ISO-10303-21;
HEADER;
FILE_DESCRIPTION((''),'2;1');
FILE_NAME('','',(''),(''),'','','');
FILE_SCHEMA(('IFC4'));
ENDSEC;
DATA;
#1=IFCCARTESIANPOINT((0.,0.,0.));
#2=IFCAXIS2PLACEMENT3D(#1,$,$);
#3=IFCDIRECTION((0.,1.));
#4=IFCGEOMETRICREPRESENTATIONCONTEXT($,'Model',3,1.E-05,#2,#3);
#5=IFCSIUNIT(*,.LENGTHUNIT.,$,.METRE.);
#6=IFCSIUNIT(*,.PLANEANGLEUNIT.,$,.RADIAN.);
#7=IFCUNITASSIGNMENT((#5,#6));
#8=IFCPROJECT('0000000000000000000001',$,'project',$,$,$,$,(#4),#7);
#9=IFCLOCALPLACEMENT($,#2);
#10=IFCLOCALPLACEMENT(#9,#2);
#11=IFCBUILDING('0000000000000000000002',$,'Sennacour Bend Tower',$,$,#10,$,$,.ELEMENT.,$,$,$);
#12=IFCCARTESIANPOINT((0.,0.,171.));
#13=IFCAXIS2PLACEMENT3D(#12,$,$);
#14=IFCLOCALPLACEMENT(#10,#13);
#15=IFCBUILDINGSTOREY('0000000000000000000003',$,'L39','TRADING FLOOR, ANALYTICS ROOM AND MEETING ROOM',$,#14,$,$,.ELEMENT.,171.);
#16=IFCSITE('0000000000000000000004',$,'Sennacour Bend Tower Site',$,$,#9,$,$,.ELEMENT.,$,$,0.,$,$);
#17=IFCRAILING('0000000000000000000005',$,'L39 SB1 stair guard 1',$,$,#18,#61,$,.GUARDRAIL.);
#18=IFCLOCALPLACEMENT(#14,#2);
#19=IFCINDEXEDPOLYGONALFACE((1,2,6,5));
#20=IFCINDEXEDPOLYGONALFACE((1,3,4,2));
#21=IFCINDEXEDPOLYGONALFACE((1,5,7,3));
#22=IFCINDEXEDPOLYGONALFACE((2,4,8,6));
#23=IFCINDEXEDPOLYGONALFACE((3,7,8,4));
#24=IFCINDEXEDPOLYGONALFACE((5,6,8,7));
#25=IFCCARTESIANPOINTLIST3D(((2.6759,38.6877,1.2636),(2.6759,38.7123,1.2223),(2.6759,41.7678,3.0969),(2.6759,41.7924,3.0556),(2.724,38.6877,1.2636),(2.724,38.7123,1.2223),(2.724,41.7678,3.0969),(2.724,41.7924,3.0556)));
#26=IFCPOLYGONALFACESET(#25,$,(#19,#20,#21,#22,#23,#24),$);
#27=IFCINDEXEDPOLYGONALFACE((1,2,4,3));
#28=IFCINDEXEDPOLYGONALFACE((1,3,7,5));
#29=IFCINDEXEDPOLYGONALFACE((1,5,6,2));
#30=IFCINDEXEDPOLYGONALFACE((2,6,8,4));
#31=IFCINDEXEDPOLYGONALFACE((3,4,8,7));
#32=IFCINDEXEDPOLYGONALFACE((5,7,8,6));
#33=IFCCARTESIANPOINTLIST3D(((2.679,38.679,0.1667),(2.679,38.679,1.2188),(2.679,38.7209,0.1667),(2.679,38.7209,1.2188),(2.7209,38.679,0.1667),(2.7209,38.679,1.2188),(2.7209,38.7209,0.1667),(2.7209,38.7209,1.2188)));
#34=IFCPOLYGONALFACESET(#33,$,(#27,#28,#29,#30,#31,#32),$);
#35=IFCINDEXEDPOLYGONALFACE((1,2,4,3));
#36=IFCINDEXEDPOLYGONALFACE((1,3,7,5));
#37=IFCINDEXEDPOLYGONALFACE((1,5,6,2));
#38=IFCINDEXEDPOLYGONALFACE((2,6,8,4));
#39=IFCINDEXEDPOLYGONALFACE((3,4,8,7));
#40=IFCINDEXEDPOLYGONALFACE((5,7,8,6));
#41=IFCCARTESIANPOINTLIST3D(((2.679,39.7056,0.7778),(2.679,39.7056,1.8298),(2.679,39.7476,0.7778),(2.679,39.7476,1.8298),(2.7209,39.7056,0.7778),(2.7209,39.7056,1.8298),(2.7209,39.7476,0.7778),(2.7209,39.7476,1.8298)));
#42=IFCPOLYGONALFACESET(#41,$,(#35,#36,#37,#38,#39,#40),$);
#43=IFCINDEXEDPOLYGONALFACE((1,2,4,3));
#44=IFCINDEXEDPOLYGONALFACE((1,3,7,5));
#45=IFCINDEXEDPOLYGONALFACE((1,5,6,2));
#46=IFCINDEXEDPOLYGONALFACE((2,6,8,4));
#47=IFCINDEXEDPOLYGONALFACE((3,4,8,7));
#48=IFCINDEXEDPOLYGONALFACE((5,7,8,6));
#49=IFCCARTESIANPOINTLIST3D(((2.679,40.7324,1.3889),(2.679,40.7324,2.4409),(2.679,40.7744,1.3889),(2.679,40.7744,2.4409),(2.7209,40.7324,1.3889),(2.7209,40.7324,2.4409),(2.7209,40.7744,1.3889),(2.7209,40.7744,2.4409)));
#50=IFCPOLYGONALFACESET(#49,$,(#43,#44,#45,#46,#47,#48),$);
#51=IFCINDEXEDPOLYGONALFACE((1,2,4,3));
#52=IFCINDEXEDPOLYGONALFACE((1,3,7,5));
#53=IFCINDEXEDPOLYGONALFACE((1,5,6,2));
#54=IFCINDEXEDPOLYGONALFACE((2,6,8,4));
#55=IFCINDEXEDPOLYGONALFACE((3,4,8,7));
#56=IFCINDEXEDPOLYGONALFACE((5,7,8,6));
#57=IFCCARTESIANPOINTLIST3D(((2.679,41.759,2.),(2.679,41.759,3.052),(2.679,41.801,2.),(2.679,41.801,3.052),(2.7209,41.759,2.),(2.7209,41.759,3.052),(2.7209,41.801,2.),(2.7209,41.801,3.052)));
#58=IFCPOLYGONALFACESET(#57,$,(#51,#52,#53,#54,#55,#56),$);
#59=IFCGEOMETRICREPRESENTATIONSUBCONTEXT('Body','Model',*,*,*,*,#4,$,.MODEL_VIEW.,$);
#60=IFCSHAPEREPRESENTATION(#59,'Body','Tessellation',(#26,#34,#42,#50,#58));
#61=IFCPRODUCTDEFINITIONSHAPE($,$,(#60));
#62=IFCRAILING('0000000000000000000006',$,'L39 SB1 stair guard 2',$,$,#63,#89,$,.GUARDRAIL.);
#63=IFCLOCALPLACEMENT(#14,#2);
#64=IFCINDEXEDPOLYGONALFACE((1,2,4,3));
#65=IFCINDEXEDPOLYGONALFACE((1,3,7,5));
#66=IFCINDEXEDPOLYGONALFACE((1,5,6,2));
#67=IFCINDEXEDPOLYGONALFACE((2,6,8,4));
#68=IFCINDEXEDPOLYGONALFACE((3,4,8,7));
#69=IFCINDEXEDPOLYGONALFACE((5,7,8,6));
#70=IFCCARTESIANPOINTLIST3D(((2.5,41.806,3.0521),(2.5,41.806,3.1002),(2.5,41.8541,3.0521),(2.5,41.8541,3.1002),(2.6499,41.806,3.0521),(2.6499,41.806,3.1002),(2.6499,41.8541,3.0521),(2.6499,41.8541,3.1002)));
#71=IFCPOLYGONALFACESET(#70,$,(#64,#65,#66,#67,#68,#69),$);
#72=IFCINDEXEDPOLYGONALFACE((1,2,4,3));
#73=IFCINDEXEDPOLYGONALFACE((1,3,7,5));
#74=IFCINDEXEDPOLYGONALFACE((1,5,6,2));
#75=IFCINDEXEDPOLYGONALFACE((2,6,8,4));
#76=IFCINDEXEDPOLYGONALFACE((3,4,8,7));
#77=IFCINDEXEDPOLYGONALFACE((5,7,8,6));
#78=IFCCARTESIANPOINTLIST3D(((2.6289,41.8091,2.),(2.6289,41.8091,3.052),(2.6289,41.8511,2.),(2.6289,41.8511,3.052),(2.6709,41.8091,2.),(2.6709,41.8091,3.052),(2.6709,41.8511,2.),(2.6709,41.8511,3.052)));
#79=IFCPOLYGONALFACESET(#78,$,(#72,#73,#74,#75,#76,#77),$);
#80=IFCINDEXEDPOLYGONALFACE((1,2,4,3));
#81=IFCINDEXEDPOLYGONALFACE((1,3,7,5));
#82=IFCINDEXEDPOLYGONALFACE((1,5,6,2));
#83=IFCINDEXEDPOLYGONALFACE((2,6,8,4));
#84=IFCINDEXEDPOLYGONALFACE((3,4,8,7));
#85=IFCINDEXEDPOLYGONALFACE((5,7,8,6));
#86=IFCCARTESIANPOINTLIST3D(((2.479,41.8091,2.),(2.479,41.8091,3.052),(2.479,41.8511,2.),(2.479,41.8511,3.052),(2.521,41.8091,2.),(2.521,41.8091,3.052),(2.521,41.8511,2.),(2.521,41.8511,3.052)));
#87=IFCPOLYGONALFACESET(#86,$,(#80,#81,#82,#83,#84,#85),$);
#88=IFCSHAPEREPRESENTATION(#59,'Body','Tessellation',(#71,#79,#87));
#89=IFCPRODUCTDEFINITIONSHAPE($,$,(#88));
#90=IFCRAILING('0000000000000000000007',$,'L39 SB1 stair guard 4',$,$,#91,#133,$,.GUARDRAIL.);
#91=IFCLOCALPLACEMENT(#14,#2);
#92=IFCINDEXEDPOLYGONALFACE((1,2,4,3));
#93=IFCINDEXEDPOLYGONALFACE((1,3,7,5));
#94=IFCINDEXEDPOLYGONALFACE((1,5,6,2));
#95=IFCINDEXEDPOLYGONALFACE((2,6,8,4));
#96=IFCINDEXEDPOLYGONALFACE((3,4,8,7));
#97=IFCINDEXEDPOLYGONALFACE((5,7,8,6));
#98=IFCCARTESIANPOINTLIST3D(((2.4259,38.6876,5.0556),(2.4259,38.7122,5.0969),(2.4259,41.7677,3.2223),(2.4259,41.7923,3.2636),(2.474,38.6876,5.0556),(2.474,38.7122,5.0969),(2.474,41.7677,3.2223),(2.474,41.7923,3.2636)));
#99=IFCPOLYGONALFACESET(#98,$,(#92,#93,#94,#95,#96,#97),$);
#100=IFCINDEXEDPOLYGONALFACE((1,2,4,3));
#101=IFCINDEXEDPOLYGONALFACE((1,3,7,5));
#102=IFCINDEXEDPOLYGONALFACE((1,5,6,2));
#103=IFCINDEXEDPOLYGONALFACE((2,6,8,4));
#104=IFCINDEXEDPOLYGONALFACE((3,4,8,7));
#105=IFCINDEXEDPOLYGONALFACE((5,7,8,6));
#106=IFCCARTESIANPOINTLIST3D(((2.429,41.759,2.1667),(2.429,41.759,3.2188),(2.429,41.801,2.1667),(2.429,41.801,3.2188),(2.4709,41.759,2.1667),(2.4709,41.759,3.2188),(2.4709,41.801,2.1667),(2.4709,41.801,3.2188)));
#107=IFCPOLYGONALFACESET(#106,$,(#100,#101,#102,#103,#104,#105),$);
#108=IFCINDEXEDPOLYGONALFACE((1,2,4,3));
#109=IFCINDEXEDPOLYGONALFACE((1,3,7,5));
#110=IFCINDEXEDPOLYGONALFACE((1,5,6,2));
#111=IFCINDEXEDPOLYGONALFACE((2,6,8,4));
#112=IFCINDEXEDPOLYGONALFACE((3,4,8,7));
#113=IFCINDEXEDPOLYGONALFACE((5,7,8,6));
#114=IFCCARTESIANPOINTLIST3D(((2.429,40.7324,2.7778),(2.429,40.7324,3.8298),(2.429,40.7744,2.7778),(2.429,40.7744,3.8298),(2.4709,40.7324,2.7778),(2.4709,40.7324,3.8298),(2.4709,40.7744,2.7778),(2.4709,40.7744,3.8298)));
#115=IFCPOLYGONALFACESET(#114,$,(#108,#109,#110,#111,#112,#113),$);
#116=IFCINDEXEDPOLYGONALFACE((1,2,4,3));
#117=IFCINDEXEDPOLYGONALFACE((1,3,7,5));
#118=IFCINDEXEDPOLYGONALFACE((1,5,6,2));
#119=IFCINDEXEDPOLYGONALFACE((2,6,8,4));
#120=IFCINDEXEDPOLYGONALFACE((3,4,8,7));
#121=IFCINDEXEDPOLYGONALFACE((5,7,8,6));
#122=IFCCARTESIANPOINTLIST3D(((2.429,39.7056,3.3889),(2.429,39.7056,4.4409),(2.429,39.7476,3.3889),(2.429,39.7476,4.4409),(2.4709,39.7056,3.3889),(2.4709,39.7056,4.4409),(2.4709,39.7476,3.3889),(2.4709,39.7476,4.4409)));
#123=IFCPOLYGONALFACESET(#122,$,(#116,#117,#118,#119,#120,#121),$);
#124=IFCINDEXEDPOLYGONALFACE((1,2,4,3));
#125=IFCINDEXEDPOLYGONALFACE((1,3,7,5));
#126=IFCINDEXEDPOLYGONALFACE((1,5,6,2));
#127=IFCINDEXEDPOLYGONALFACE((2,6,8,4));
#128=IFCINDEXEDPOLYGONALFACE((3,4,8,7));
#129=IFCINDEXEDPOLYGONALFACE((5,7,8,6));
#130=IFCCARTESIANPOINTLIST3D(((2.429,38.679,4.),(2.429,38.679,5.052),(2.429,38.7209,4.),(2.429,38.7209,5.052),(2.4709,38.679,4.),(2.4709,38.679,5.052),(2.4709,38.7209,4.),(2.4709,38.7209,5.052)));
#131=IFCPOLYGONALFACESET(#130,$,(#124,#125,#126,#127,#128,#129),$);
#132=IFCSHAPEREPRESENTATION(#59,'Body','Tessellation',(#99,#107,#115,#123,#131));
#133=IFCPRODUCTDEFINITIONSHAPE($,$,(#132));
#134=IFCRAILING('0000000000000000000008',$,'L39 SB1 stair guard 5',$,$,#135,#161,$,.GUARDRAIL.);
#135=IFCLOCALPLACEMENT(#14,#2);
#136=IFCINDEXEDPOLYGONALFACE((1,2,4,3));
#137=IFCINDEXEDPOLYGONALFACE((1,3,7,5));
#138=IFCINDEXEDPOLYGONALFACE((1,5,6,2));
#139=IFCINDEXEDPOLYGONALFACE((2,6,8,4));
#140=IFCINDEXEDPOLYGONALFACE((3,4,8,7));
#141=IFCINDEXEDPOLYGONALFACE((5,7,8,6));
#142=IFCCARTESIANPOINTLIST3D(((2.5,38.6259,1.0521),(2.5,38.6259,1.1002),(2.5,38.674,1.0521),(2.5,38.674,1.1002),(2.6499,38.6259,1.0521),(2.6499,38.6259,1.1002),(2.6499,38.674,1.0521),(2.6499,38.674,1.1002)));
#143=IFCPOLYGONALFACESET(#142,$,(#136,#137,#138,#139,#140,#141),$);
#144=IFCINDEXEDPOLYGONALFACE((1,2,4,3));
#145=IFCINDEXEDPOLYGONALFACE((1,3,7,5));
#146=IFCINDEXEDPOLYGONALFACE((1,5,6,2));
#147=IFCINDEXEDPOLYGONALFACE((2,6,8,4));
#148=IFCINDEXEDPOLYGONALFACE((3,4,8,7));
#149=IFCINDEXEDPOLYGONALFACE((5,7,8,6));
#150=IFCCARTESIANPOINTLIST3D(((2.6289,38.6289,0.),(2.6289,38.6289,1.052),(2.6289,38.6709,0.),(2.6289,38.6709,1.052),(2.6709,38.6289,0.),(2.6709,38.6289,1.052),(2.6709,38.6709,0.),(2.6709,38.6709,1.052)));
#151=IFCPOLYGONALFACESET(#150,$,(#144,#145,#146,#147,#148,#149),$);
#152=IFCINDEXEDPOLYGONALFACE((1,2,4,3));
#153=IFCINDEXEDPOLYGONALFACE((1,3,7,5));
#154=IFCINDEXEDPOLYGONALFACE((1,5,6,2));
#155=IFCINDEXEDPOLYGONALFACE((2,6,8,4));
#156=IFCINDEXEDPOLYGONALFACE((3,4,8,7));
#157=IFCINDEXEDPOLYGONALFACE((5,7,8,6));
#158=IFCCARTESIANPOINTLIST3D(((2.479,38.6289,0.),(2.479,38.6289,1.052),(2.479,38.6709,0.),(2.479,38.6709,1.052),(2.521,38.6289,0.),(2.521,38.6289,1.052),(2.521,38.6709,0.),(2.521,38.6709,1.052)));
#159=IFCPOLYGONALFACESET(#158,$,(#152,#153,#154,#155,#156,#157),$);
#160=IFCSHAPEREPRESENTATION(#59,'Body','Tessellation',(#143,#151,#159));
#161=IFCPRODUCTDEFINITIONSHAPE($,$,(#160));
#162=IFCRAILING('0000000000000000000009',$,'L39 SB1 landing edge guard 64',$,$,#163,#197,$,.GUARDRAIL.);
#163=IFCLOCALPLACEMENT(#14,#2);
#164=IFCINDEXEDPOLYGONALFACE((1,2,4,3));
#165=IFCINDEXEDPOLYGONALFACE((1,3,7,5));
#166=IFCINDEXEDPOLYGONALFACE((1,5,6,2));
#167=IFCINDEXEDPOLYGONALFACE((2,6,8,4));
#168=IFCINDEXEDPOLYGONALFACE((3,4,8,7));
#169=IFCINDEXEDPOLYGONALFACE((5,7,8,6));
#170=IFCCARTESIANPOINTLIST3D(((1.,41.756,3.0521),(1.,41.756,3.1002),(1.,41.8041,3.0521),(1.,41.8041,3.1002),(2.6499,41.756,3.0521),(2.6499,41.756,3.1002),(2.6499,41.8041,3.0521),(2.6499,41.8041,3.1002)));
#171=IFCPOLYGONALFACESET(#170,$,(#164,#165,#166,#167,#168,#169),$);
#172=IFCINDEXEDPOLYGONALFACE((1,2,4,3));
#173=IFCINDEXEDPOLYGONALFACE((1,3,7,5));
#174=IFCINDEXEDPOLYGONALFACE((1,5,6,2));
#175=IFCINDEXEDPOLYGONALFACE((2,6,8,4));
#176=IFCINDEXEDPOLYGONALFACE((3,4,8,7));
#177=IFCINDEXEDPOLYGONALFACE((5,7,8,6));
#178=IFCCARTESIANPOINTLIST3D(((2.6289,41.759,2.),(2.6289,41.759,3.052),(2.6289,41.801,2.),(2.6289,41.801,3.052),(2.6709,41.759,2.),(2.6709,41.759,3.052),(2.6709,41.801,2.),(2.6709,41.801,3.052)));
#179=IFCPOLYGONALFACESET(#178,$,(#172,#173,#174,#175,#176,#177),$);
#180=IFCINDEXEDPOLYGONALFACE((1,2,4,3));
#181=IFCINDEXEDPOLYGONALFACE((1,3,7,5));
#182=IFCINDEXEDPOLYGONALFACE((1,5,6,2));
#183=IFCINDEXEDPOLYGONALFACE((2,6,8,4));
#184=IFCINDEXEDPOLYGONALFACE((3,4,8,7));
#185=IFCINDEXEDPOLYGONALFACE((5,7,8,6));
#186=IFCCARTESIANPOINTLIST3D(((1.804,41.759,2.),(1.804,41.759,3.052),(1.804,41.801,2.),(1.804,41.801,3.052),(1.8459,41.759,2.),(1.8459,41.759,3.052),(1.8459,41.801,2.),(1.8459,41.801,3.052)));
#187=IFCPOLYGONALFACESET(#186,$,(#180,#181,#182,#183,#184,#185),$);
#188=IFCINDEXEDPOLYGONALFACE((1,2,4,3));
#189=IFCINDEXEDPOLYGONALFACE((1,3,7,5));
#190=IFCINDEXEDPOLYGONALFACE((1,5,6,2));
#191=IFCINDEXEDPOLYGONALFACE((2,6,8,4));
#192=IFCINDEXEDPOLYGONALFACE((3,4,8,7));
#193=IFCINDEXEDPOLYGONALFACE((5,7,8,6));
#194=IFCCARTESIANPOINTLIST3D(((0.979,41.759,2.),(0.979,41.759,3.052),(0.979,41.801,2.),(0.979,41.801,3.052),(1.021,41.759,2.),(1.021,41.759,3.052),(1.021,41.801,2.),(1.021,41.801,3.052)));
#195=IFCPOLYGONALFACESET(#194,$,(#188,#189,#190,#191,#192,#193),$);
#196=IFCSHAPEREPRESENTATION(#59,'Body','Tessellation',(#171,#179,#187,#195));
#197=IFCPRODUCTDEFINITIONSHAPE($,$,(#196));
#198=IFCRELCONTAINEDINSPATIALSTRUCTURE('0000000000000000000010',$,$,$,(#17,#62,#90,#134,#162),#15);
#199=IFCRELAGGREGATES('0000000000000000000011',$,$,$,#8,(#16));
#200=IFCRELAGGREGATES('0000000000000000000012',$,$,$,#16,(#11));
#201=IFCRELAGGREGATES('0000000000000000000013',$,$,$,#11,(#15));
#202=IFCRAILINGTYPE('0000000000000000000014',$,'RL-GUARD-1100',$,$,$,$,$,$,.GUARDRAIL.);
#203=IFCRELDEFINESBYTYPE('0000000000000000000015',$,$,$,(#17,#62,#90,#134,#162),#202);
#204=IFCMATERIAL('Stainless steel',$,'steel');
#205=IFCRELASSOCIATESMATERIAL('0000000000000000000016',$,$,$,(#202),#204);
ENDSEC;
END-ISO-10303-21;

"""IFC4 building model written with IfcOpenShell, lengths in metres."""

from ifc_helpers import new_model, si_unit, direction, frame, origin, origin_2d, place, context, subcontext, project, spatial, rectangle, extrude, material, type_object, element, save


model = new_model("IFC4")

# Units and contexts
model_context = context("Model", 3, precision=1e-05, world=origin(), true_north=direction((0.0, 1.0)))
body_context = subcontext(model_context, "Body", "Model", "MODEL_VIEW")
ifc_project = project(units=[si_unit("LENGTHUNIT", "METRE"), si_unit("PLANEANGLEUNIT", "RADIAN")], contexts=[model_context])

# Site, building, storey
site_placement = place(None, origin())
site = spatial("IfcSite", under=ifc_project, at=site_placement, Name="Sennacour Bend Tower Site", CompositionType="ELEMENT", RefElevation=0.0)
building_placement = place(site_placement, origin())
building = spatial("IfcBuilding", under=site, at=building_placement, Name="Sennacour Bend Tower", CompositionType="ELEMENT")
storey_placement = place(building_placement, frame((0.0, 0.0, 171.0)))
storey = spatial("IfcBuildingStorey", under=building, at=storey_placement, Name="L39", Description="TRADING FLOOR, ANALYTICS ROOM AND MEETING ROOM", CompositionType="ELEMENT", Elevation=171.0)

# Railings
ifc_material_1 = material(Name="Stainless steel", Category="steel")
railing_type_1 = type_object("IfcRailingType", Name="RL-GUARD-1100", PredefinedType="GUARDRAIL", material=ifc_material_1)
railing_1_placement = place(storey_placement, frame((2.7, 38.7, 0.1667)))
element("IfcRailing", 1, at=railing_1_placement, inside=storey, type_object=railing_type_1, Name="L39 SB1 stair guard 1", PredefinedType="GUARDRAIL", context=body_context, shape_type="SweptSolid", body=[
    extrude(rectangle(XDim=0.0481, YDim=0.0481, at=origin_2d()), frame((0.0, 0.0, 1.0762), z_axis=(0.0, 0.859309, 0.511458), x_axis=(-1.0, 0.0, 0.0)), (0.0, 0.0, 1.0), 3.5845),
    extrude(rectangle(XDim=0.042, YDim=0.042, at=origin_2d()), origin(), (0.0, 0.0, 1.0), 1.052),
    extrude(rectangle(XDim=0.042, YDim=0.042, at=origin_2d()), frame((0.0, 1.0266, 0.6111)), (0.0, 0.0, 1.0), 1.052),
    extrude(rectangle(XDim=0.042, YDim=0.042, at=origin_2d()), frame((0.0, 2.0535, 1.2222)), (0.0, 0.0, 1.0), 1.052),
    extrude(rectangle(XDim=0.042, YDim=0.042, at=origin_2d()), frame((0.0, 3.0801, 1.8333)), (0.0, 0.0, 1.0), 1.052),
])
railing_2_placement = place(storey_placement, frame((2.6499, 41.8301, 2.0)))
element("IfcRailing", 2, at=railing_2_placement, inside=storey, type_object=railing_type_1, Name="L39 SB1 stair guard 2", PredefinedType="GUARDRAIL", context=body_context, shape_type="SweptSolid", body=[
    extrude(rectangle(XDim=0.0481, YDim=0.0481, at=origin_2d()), frame((0.0, 0.0, 1.0762), z_axis=(-1.0, 0.0, 0.0), x_axis=(0.0, -1.0, 0.0)), (0.0, 0.0, 1.0), 0.1499),
    extrude(rectangle(XDim=0.042, YDim=0.042, at=origin_2d()), origin(), (0.0, 0.0, 1.0), 1.052),
    extrude(rectangle(XDim=0.042, YDim=0.042, at=origin_2d()), frame((-0.1499, 0.0, 0.0)), (0.0, 0.0, 1.0), 1.052),
])
railing_3_placement = place(storey_placement, frame((2.45, 41.78, 2.1667)))
element("IfcRailing", 3, at=railing_3_placement, inside=storey, type_object=railing_type_1, Name="L39 SB1 stair guard 4", PredefinedType="GUARDRAIL", context=body_context, shape_type="SweptSolid", body=[
    extrude(rectangle(XDim=0.0481, YDim=0.0481, at=origin_2d()), frame((0.0, 0.0, 1.0762), z_axis=(0.0, -0.859309, 0.511458), x_axis=(1.0, 0.0, 0.0)), (0.0, 0.0, 1.0), 3.5845),
    extrude(rectangle(XDim=0.042, YDim=0.042, at=origin_2d()), origin(), (0.0, 0.0, 1.0), 1.052),
    extrude(rectangle(XDim=0.042, YDim=0.042, at=origin_2d()), frame((0.0, -1.0266, 0.6111)), (0.0, 0.0, 1.0), 1.052),
    extrude(rectangle(XDim=0.042, YDim=0.042, at=origin_2d()), frame((0.0, -2.0535, 1.2222)), (0.0, 0.0, 1.0), 1.052),
    extrude(rectangle(XDim=0.042, YDim=0.042, at=origin_2d()), frame((0.0, -3.0801, 1.8333)), (0.0, 0.0, 1.0), 1.052),
])
railing_4_placement = place(storey_placement, frame((2.6499, 38.6499, 0.0)))
element("IfcRailing", 4, at=railing_4_placement, inside=storey, type_object=railing_type_1, Name="L39 SB1 stair guard 5", PredefinedType="GUARDRAIL", context=body_context, shape_type="SweptSolid", body=[
    extrude(rectangle(XDim=0.0481, YDim=0.0481, at=origin_2d()), frame((0.0, 0.0, 1.0762), z_axis=(-1.0, 0.0, 0.0), x_axis=(0.0, -1.0, 0.0)), (0.0, 0.0, 1.0), 0.1499),
    extrude(rectangle(XDim=0.042, YDim=0.042, at=origin_2d()), origin(), (0.0, 0.0, 1.0), 1.052),
    extrude(rectangle(XDim=0.042, YDim=0.042, at=origin_2d()), frame((-0.1499, 0.0, 0.0)), (0.0, 0.0, 1.0), 1.052),
])
railing_5_placement = place(storey_placement, frame((2.6499, 41.78, 2.0)))
element("IfcRailing", 5, at=railing_5_placement, inside=storey, type_object=railing_type_1, Name="L39 SB1 landing edge guard 64", PredefinedType="GUARDRAIL", context=body_context, shape_type="SweptSolid", body=[
    extrude(rectangle(XDim=0.0481, YDim=0.0481, at=origin_2d()), frame((0.0, 0.0, 1.0762), z_axis=(-1.0, 0.0, 0.0), x_axis=(0.0, -1.0, 0.0)), (0.0, 0.0, 1.0), 1.6499),
    extrude(rectangle(XDim=0.042, YDim=0.042, at=origin_2d()), origin(), (0.0, 0.0, 1.0), 1.052),
    extrude(rectangle(XDim=0.042, YDim=0.042, at=origin_2d()), frame((-0.825, 0.0, 0.0)), (0.0, 0.0, 1.0), 1.052),
    extrude(rectangle(XDim=0.042, YDim=0.042, at=origin_2d()), frame((-1.6499, 0.0, 0.0)), (0.0, 0.0, 1.0), 1.052),
])

save(model, "model.ifc")
